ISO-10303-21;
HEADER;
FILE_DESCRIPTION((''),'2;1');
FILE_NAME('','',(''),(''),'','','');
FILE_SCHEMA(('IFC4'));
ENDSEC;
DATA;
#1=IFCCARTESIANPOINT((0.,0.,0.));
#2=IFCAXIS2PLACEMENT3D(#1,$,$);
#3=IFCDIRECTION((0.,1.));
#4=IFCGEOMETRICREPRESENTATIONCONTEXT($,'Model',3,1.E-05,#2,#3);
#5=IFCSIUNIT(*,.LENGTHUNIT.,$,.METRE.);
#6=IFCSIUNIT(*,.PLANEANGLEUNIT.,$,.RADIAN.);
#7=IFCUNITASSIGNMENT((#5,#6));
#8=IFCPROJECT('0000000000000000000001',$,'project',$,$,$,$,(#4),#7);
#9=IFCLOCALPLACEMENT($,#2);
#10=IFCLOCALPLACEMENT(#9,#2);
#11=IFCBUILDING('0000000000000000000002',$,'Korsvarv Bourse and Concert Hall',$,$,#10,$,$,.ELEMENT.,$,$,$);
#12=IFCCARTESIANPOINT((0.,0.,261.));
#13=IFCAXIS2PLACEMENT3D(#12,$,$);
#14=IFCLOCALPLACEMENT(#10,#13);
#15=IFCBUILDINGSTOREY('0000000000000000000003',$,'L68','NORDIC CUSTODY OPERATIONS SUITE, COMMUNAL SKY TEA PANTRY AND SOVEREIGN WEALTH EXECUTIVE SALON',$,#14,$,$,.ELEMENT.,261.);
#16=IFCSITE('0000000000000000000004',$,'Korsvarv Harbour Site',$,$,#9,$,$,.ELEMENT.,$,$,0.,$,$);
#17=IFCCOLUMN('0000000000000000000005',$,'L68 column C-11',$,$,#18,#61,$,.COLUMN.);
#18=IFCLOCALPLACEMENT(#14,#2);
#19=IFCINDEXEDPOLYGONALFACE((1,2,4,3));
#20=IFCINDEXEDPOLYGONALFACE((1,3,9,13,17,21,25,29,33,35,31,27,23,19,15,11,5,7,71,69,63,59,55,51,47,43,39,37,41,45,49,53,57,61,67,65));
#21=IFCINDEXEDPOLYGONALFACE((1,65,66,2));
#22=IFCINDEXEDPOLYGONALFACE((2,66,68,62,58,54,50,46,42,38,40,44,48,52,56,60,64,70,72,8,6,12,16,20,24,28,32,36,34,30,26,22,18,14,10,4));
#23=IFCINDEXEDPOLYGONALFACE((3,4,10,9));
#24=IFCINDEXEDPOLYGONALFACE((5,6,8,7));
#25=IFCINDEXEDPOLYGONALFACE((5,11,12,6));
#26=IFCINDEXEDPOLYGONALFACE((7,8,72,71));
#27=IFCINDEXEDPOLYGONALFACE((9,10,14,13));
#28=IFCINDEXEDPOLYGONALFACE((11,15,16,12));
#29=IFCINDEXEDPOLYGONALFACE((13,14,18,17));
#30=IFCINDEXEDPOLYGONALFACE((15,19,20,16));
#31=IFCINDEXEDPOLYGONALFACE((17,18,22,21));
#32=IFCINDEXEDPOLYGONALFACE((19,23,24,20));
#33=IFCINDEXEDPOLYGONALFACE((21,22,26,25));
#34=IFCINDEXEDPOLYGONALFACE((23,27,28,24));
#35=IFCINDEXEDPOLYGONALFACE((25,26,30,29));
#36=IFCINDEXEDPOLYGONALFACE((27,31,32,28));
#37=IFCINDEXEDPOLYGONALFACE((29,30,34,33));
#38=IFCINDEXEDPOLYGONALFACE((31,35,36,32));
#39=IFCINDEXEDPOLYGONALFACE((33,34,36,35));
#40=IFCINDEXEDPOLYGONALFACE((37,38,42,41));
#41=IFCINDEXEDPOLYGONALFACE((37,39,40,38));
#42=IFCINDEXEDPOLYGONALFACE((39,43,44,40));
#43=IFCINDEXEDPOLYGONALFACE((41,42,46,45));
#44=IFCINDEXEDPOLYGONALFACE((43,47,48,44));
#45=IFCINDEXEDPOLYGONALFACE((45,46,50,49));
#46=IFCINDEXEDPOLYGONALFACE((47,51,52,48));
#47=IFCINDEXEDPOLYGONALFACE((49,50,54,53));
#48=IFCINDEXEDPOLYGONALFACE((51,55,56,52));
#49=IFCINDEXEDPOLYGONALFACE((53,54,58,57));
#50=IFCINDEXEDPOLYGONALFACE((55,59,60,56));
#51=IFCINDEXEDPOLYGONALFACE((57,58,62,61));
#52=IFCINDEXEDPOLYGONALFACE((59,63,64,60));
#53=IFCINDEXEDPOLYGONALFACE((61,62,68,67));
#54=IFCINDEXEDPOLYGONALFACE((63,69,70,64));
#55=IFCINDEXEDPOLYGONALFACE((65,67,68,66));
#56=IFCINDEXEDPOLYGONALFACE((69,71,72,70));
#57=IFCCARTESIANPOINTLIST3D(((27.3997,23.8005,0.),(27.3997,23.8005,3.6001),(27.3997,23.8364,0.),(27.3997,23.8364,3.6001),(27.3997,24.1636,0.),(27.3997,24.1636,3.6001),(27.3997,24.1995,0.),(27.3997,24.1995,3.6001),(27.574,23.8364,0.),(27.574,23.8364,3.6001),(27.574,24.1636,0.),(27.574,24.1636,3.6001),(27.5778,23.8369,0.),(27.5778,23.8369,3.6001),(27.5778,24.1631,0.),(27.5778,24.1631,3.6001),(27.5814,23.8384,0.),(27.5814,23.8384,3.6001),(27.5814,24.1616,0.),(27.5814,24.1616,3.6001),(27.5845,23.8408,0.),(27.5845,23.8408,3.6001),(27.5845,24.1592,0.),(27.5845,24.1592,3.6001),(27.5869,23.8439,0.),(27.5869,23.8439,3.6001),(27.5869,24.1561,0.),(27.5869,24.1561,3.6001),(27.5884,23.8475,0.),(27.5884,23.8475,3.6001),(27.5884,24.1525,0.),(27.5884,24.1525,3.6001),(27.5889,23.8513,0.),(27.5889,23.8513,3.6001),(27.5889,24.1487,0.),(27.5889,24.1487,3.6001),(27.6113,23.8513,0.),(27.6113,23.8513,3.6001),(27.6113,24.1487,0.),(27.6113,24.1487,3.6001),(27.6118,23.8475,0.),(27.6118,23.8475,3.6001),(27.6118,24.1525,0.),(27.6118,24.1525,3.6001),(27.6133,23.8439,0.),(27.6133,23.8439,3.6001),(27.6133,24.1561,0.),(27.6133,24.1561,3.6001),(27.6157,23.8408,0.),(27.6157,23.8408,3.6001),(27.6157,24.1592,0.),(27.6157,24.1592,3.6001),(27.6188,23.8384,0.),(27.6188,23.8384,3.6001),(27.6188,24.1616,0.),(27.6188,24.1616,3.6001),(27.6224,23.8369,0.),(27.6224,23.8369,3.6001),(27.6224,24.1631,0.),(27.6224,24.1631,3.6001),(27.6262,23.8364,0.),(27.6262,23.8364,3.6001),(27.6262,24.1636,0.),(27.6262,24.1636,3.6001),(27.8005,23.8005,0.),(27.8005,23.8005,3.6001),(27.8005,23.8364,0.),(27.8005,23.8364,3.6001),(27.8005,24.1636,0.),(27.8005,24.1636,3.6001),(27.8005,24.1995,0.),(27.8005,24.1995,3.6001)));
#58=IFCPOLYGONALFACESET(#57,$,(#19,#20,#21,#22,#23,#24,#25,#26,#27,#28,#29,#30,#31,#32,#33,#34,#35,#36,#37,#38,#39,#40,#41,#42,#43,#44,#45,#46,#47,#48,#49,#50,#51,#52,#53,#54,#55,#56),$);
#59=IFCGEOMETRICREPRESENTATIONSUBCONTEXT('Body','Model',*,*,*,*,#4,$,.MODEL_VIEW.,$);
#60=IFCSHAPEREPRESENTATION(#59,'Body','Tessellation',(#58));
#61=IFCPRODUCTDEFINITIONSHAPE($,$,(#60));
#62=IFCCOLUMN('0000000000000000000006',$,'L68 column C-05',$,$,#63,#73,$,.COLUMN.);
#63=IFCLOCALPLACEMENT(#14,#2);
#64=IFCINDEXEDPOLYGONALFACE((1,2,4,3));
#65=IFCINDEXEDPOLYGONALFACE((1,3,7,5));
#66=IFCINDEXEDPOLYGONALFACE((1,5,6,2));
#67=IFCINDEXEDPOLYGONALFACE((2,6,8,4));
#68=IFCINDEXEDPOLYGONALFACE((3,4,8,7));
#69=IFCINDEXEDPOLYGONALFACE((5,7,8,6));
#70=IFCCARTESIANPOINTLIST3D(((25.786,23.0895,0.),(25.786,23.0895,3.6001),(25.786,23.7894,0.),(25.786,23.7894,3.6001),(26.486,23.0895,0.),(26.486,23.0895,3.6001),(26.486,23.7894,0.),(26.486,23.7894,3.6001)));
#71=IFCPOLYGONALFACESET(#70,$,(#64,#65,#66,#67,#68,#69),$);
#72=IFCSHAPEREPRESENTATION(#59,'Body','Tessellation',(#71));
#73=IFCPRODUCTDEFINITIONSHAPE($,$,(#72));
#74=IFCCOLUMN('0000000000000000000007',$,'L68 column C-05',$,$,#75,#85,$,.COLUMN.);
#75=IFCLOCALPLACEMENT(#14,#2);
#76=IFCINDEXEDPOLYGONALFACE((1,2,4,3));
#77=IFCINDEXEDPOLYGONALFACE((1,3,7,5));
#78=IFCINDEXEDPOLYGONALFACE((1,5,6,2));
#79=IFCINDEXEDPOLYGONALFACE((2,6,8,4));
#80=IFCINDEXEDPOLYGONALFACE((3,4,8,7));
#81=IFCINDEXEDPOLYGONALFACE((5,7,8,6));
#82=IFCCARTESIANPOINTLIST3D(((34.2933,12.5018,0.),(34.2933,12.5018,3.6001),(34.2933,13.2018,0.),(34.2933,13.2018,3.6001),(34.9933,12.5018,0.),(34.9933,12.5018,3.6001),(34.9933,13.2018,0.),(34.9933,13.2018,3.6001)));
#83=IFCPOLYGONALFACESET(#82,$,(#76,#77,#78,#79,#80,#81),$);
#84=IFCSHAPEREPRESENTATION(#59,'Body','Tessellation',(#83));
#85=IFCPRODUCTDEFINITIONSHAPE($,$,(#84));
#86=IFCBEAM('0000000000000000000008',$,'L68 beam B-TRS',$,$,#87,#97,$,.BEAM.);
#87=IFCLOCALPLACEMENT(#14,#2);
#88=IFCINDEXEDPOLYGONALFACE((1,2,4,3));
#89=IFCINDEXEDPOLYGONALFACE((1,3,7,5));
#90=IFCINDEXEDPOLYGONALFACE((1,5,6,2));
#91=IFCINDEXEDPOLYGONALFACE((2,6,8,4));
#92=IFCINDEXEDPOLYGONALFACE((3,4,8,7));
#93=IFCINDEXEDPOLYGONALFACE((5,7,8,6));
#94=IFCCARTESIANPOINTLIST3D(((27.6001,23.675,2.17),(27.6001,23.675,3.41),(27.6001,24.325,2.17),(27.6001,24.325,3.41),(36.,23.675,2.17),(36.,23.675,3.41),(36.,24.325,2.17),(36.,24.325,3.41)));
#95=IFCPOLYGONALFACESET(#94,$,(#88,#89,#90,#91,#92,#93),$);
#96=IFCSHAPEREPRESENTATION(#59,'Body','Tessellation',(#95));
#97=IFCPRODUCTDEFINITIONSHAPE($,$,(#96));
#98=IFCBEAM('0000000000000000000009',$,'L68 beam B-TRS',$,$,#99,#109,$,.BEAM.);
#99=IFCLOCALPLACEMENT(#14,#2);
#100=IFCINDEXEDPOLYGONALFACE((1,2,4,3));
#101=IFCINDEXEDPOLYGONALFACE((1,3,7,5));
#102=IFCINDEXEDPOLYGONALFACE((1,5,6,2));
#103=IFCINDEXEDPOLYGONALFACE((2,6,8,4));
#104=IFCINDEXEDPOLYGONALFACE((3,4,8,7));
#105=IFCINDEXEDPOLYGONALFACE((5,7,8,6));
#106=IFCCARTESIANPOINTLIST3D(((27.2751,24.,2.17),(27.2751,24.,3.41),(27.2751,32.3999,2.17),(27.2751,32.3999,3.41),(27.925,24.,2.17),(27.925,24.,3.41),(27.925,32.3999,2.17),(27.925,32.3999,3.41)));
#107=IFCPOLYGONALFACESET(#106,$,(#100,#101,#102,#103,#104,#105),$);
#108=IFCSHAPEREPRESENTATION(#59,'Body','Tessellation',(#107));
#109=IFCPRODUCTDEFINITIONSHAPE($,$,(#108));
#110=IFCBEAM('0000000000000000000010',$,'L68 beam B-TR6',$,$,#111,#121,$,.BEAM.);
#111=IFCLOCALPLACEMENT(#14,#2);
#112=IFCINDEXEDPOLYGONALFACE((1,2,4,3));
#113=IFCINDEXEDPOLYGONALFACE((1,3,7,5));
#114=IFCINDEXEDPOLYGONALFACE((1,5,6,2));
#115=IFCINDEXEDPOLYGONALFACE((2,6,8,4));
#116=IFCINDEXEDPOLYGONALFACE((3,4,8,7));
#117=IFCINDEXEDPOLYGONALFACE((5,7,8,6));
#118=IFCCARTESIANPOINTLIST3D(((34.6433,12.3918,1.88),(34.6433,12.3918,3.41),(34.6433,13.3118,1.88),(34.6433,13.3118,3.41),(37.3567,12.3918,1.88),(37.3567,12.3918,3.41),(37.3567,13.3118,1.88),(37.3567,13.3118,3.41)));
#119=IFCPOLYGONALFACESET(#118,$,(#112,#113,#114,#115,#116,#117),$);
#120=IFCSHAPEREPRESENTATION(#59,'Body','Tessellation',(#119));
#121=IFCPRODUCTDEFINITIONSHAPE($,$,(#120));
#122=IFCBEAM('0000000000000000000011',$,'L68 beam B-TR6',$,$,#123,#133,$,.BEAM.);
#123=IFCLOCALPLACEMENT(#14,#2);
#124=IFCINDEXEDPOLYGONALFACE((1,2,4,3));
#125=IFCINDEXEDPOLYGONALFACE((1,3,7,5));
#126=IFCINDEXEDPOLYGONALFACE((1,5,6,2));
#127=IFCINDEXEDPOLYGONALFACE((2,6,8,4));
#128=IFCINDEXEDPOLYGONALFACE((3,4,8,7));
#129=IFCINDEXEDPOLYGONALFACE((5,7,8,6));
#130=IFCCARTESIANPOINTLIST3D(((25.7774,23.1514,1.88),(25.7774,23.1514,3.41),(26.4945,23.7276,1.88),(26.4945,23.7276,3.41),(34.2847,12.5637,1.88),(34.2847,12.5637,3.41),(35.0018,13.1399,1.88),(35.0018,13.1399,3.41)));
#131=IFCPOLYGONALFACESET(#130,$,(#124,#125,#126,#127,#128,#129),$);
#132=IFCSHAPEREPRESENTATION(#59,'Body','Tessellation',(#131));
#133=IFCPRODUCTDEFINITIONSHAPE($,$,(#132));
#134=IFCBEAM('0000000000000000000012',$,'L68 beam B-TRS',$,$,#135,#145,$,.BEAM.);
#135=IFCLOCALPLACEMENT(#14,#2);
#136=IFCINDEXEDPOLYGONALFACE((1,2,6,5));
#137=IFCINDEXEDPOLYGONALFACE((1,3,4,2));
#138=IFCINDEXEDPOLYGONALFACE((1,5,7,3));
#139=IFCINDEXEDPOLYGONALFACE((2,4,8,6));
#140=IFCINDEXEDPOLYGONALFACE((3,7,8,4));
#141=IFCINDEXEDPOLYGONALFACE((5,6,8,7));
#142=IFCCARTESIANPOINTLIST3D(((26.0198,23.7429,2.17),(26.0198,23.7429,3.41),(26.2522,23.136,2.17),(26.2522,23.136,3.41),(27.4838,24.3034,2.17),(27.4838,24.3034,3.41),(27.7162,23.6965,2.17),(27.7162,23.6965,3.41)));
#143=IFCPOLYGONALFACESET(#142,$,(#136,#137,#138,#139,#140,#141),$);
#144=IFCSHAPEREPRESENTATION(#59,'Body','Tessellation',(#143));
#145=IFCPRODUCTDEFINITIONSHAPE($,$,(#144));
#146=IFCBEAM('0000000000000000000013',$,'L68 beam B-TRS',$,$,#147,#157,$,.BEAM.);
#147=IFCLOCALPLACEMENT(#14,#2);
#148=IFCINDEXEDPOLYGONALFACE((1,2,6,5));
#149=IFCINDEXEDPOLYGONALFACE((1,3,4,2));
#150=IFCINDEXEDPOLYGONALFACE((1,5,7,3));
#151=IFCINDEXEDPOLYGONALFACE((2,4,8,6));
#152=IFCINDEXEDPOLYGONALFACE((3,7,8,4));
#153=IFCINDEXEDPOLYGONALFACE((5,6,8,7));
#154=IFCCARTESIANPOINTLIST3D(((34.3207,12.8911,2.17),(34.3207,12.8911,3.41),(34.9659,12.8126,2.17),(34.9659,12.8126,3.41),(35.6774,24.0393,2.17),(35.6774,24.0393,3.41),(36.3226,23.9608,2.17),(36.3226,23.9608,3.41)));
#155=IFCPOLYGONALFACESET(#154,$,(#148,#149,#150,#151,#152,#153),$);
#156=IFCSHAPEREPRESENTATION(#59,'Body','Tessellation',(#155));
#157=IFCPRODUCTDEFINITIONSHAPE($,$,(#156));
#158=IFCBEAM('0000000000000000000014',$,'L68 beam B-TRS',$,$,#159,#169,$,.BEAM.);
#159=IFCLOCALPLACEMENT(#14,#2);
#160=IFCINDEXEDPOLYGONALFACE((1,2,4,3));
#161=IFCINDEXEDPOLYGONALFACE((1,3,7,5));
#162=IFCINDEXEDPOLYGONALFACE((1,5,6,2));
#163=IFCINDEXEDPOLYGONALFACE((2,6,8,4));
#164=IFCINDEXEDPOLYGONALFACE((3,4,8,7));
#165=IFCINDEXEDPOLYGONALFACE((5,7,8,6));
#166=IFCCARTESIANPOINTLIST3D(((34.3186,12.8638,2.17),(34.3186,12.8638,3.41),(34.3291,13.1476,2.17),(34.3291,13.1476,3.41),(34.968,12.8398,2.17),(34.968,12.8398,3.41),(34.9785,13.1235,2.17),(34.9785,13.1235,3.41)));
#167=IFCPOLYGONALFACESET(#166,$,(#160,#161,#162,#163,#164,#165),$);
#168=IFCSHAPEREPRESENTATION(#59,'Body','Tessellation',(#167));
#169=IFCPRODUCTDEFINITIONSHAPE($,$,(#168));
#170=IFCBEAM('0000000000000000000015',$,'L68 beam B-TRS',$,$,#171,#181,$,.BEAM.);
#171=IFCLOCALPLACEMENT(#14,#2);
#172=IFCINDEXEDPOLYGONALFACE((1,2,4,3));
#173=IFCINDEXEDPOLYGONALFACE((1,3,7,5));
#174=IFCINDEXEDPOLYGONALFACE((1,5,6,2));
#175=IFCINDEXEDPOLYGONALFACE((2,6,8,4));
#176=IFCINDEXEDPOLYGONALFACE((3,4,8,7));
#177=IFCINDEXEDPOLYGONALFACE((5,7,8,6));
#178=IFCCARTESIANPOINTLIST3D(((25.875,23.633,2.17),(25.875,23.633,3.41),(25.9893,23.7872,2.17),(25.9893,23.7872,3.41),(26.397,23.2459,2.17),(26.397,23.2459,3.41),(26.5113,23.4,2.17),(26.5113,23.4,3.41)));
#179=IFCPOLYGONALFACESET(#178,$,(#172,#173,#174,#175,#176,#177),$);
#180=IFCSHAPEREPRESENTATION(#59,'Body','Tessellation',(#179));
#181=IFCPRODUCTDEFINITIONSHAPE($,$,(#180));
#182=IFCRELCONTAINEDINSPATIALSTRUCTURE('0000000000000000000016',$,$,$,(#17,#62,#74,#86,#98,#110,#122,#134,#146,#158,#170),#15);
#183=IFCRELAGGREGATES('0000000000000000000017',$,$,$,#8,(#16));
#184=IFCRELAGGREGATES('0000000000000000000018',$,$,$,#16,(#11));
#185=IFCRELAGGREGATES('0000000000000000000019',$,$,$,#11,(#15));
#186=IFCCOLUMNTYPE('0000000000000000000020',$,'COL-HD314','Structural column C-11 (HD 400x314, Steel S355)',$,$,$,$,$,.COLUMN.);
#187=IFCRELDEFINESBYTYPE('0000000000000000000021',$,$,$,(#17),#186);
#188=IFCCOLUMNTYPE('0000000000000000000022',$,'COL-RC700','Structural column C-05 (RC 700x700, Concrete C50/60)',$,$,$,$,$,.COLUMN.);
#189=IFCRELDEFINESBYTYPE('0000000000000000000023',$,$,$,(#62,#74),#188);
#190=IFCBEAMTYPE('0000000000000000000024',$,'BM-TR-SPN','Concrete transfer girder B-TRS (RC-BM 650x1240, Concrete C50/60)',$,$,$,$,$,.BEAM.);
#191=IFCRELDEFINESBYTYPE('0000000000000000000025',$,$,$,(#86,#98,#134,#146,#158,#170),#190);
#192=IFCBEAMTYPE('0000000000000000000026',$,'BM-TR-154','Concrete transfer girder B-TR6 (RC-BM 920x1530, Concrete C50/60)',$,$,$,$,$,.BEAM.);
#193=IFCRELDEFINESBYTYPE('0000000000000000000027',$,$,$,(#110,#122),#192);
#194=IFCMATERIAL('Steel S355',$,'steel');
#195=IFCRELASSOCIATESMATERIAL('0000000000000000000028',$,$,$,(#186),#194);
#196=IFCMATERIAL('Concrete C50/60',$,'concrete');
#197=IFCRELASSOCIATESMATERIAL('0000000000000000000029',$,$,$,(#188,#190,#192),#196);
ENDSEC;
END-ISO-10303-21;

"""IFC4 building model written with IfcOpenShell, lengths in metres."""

from ifc_helpers import new_model, si_unit, direction, frame, origin, origin_2d, place, context, subcontext, project, spatial, rectangle, i_section, extrude, source, transform, mapped, material, material_profile, profile_set, type_object, element, save


model = new_model("IFC4")

# Units and contexts
model_context = context("Model", 3, precision=1e-05, world=origin(), true_north=direction((0.0, 1.0)))
body_context = subcontext(model_context, "Body", "Model", "MODEL_VIEW")
ifc_project = project(units=[si_unit("LENGTHUNIT", "METRE"), si_unit("PLANEANGLEUNIT", "RADIAN")], contexts=[model_context])

# Site, building, storey
site_placement = place(None, origin())
site = spatial("IfcSite", under=ifc_project, at=site_placement, Name="Korsvarv Harbour Site", CompositionType="ELEMENT", RefElevation=0.0)
building_placement = place(site_placement, origin())
building = spatial("IfcBuilding", under=site, at=building_placement, Name="Korsvarv Bourse and Concert Hall", CompositionType="ELEMENT")
storey_placement = place(building_placement, frame((0.0, 0.0, 261.0)))
storey = spatial("IfcBuildingStorey", under=building, at=storey_placement, Name="L68", Description="NORDIC CUSTODY OPERATIONS SUITE, COMMUNAL SKY TEA PANTRY AND SOVEREIGN WEALTH EXECUTIVE SALON", CompositionType="ELEMENT", Elevation=261.0)

# Columns
ifc_material_1 = material(Name="Steel S355", Category="steel")
ifc_material_profile_1 = material_profile(ifc_material_1, i_section(OverallWidth=0.4009, OverallDepth=0.3989, WebThickness=0.0225, FlangeThickness=0.0359, FilletRadius=0.0149, at=origin_2d()), Name="HD 400x314")
ifc_profile_set_1 = profile_set([ifc_material_profile_1], Name="Steel S355")
column_type_1 = type_object("IfcColumnType", Name="COL-HD314", Description="Structural column C-11 (HD 400x314, Steel S355)", PredefinedType="COLUMN", material=ifc_profile_set_1)
shared_shape_1 = source(origin(), body_context, "Body", "SweptSolid", [
    extrude(i_section(OverallWidth=0.4009, OverallDepth=0.3989, WebThickness=0.0225, FlangeThickness=0.0359, FilletRadius=0.0149, at=origin_2d()), origin(), (0.0, 0.0, 1.0), 3.6001),
])
column_placement = place(storey_placement, frame((27.6001, 24.0, 0.0), z_axis=(0.0, 0.0, 1.0), x_axis=(1.0, 0.0, 0.0)))
element("IfcColumn", 1, at=column_placement, inside=storey, type_object=column_type_1, Name="L68 column C-11", PredefinedType="COLUMN", context=body_context, shape_type="MappedRepresentation", body=[
    mapped(shared_shape_1, transform((0.0, 0.0, 0.0), scale=1.0)),
])
ifc_material_2 = material(Name="Concrete C50/60", Category="concrete")
ifc_material_profile_2 = material_profile(ifc_material_2, rectangle(XDim=0.7, YDim=0.7, at=origin_2d()), Name="RC 700x700")
ifc_profile_set_2 = profile_set([ifc_material_profile_2], Name="Concrete C50/60")
column_type_2 = type_object("IfcColumnType", Name="COL-RC700", Description="Structural column C-05 (RC 700x700, Concrete C50/60)", PredefinedType="COLUMN", material=ifc_profile_set_2)
shared_shape_2 = source(origin(), body_context, "Body", "SweptSolid", [
    extrude(rectangle(XDim=0.7, YDim=0.7, at=origin_2d()), origin(), (0.0, 0.0, 1.0), 3.6001),
])
for number, where, z_axis, x_axis, name in (
    (2, (26.136, 23.4395, 0.0), (0.0, 0.0, 1.0), (1.0, 0.0, 0.0), "L68 column C-05"),
    (3, (34.6433, 12.8518, 0.0), (0.0, 0.0, 1.0), (1.0, 0.0, 0.0), "L68 column C-05"),
):
    element("IfcColumn", number, at=place(storey_placement, frame(where, z_axis=z_axis, x_axis=x_axis)), inside=storey, type_object=column_type_2, Name=name, PredefinedType="COLUMN", context=body_context, shape_type="MappedRepresentation", body=[
        mapped(shared_shape_2, transform((0.0, 0.0, 0.0), scale=1.0)),
    ])

# Beams
ifc_material_profile_3 = material_profile(ifc_material_2, rectangle(XDim=0.6499, YDim=1.24, at=origin_2d()), Name="RC-BM 650x1240")
ifc_profile_set_3 = profile_set([ifc_material_profile_3], Name="Concrete C50/60")
beam_type_1 = type_object("IfcBeamType", Name="BM-TR-SPN", Description="Concrete transfer girder B-TRS (RC-BM 650x1240, Concrete C50/60)", PredefinedType="BEAM", material=ifc_profile_set_3)
shared_shape_3 = source(origin(), body_context, "Body", "SweptSolid", [
    extrude(rectangle(XDim=0.6499, YDim=1.24, at=origin_2d()), origin(), (0.0, 0.0, 1.0), 8.3999),
])
for number, where, z_axis, x_axis, name in (
    (4, (27.6001, 24.0, 2.79), (1.0, 0.0, 0.0), (0.0, 1.0, 0.0), "L68 beam B-TRS"),
    (5, (27.6001, 24.0, 2.79), (0.0, 1.0, 0.0), (-1.0, 0.0, 0.0), "L68 beam B-TRS"),
):
    element("IfcBeam", number, at=place(storey_placement, frame(where, z_axis=z_axis, x_axis=x_axis)), inside=storey, type_object=beam_type_1, Name=name, PredefinedType="BEAM", context=body_context, shape_type="MappedRepresentation", body=[
        mapped(shared_shape_3, transform((0.0, 0.0, 0.0), scale=1.0)),
    ])
ifc_material_profile_4 = material_profile(ifc_material_2, rectangle(XDim=0.9199, YDim=1.53, at=origin_2d()), Name="RC-BM 920x1530")
ifc_profile_set_4 = profile_set([ifc_material_profile_4], Name="Concrete C50/60")
beam_type_2 = type_object("IfcBeamType", Name="BM-TR-154", Description="Concrete transfer girder B-TR6 (RC-BM 920x1530, Concrete C50/60)", PredefinedType="BEAM", material=ifc_profile_set_4)
shared_shape_4 = source(origin(), body_context, "Body", "SweptSolid", [
    extrude(rectangle(XDim=0.9199, YDim=1.53, at=origin_2d()), origin(), (0.0, 0.0, 1.0), 2.7134),
])
beam_1_placement = place(storey_placement, frame((34.6433, 12.8518, 2.645), z_axis=(1.0, 0.0, 0.0), x_axis=(0.0, 1.0, 0.0)))
element("IfcBeam", 6, at=beam_1_placement, inside=storey, type_object=beam_type_2, Name="L68 beam B-TR6", PredefinedType="BEAM", context=body_context, shape_type="MappedRepresentation", body=[
    mapped(shared_shape_4, transform((0.0, 0.0, 0.0), scale=1.0)),
])
shared_shape_5 = source(origin(), body_context, "Body", "SweptSolid", [
    extrude(rectangle(XDim=0.9199, YDim=1.53, at=origin_2d()), origin(), (0.0, 0.0, 1.0), 13.582),
])
beam_2_placement = place(storey_placement, frame((26.136, 23.4395, 2.645), z_axis=(0.626364, -0.779531, 0.0), x_axis=(0.779531, 0.626364, 0.0)))
element("IfcBeam", 7, at=beam_2_placement, inside=storey, type_object=beam_type_2, Name="L68 beam B-TR6", PredefinedType="BEAM", context=body_context, shape_type="MappedRepresentation", body=[
    mapped(shared_shape_5, transform((0.0, 0.0, 0.0), scale=1.0)),
])
shared_shape_6 = source(origin(), body_context, "Body", "SweptSolid", [
    extrude(rectangle(XDim=0.6499, YDim=1.24, at=origin_2d()), origin(), (0.0, 0.0, 1.0), 1.5676),
])
beam_3_placement = place(storey_placement, frame((26.136, 23.4395, 2.79), z_axis=(0.933894, 0.357549, 0.0), x_axis=(-0.357549, 0.933894, 0.0)))
element("IfcBeam", 8, at=beam_3_placement, inside=storey, type_object=beam_type_1, Name="L68 beam B-TRS", PredefinedType="BEAM", context=body_context, shape_type="MappedRepresentation", body=[
    mapped(shared_shape_6, transform((0.0, 0.0, 0.0), scale=1.0)),
])
shared_shape_7 = source(origin(), body_context, "Body", "SweptSolid", [
    extrude(rectangle(XDim=0.6499, YDim=1.24, at=origin_2d()), origin(), (0.0, 0.0, 1.0), 11.2305),
])
beam_4_placement = place(storey_placement, frame((34.6433, 12.8518, 2.79), z_axis=(0.120805, 0.992676, 0.0), x_axis=(-0.992676, 0.120805, 0.0)))
element("IfcBeam", 9, at=beam_4_placement, inside=storey, type_object=beam_type_1, Name="L68 beam B-TRS", PredefinedType="BEAM", context=body_context, shape_type="MappedRepresentation", body=[
    mapped(shared_shape_7, transform((0.0, 0.0, 0.0), scale=1.0)),
])
shared_shape_8 = source(origin(), body_context, "Body", "SweptSolid", [
    extrude(rectangle(XDim=0.6499, YDim=1.24, at=origin_2d()), origin(), (0.0, 0.0, 1.0), 0.2839),
])
beam_5_placement = place(storey_placement, frame((34.6433, 12.8518, 2.79), z_axis=(0.03698, 0.999316, 0.0), x_axis=(-0.999316, 0.03698, 0.0)))
element("IfcBeam", 10, at=beam_5_placement, inside=storey, type_object=beam_type_1, Name="L68 beam B-TRS", PredefinedType="BEAM", context=body_context, shape_type="MappedRepresentation", body=[
    mapped(shared_shape_8, transform((0.0, 0.0, 0.0), scale=1.0)),
])
shared_shape_9 = source(origin(), body_context, "Body", "SweptSolid", [
    extrude(rectangle(XDim=0.6499, YDim=1.24, at=origin_2d()), origin(), (0.0, 0.0, 1.0), 0.1919),
])
beam_6_placement = place(storey_placement, frame((26.136, 23.4395, 2.79), z_axis=(0.595715, 0.803196, 0.0), x_axis=(-0.803196, 0.595715, 0.0)))
element("IfcBeam", 11, at=beam_6_placement, inside=storey, type_object=beam_type_1, Name="L68 beam B-TRS", PredefinedType="BEAM", context=body_context, shape_type="MappedRepresentation", body=[
    mapped(shared_shape_9, transform((0.0, 0.0, 0.0), scale=1.0)),
])

save(model, "model.ifc")
